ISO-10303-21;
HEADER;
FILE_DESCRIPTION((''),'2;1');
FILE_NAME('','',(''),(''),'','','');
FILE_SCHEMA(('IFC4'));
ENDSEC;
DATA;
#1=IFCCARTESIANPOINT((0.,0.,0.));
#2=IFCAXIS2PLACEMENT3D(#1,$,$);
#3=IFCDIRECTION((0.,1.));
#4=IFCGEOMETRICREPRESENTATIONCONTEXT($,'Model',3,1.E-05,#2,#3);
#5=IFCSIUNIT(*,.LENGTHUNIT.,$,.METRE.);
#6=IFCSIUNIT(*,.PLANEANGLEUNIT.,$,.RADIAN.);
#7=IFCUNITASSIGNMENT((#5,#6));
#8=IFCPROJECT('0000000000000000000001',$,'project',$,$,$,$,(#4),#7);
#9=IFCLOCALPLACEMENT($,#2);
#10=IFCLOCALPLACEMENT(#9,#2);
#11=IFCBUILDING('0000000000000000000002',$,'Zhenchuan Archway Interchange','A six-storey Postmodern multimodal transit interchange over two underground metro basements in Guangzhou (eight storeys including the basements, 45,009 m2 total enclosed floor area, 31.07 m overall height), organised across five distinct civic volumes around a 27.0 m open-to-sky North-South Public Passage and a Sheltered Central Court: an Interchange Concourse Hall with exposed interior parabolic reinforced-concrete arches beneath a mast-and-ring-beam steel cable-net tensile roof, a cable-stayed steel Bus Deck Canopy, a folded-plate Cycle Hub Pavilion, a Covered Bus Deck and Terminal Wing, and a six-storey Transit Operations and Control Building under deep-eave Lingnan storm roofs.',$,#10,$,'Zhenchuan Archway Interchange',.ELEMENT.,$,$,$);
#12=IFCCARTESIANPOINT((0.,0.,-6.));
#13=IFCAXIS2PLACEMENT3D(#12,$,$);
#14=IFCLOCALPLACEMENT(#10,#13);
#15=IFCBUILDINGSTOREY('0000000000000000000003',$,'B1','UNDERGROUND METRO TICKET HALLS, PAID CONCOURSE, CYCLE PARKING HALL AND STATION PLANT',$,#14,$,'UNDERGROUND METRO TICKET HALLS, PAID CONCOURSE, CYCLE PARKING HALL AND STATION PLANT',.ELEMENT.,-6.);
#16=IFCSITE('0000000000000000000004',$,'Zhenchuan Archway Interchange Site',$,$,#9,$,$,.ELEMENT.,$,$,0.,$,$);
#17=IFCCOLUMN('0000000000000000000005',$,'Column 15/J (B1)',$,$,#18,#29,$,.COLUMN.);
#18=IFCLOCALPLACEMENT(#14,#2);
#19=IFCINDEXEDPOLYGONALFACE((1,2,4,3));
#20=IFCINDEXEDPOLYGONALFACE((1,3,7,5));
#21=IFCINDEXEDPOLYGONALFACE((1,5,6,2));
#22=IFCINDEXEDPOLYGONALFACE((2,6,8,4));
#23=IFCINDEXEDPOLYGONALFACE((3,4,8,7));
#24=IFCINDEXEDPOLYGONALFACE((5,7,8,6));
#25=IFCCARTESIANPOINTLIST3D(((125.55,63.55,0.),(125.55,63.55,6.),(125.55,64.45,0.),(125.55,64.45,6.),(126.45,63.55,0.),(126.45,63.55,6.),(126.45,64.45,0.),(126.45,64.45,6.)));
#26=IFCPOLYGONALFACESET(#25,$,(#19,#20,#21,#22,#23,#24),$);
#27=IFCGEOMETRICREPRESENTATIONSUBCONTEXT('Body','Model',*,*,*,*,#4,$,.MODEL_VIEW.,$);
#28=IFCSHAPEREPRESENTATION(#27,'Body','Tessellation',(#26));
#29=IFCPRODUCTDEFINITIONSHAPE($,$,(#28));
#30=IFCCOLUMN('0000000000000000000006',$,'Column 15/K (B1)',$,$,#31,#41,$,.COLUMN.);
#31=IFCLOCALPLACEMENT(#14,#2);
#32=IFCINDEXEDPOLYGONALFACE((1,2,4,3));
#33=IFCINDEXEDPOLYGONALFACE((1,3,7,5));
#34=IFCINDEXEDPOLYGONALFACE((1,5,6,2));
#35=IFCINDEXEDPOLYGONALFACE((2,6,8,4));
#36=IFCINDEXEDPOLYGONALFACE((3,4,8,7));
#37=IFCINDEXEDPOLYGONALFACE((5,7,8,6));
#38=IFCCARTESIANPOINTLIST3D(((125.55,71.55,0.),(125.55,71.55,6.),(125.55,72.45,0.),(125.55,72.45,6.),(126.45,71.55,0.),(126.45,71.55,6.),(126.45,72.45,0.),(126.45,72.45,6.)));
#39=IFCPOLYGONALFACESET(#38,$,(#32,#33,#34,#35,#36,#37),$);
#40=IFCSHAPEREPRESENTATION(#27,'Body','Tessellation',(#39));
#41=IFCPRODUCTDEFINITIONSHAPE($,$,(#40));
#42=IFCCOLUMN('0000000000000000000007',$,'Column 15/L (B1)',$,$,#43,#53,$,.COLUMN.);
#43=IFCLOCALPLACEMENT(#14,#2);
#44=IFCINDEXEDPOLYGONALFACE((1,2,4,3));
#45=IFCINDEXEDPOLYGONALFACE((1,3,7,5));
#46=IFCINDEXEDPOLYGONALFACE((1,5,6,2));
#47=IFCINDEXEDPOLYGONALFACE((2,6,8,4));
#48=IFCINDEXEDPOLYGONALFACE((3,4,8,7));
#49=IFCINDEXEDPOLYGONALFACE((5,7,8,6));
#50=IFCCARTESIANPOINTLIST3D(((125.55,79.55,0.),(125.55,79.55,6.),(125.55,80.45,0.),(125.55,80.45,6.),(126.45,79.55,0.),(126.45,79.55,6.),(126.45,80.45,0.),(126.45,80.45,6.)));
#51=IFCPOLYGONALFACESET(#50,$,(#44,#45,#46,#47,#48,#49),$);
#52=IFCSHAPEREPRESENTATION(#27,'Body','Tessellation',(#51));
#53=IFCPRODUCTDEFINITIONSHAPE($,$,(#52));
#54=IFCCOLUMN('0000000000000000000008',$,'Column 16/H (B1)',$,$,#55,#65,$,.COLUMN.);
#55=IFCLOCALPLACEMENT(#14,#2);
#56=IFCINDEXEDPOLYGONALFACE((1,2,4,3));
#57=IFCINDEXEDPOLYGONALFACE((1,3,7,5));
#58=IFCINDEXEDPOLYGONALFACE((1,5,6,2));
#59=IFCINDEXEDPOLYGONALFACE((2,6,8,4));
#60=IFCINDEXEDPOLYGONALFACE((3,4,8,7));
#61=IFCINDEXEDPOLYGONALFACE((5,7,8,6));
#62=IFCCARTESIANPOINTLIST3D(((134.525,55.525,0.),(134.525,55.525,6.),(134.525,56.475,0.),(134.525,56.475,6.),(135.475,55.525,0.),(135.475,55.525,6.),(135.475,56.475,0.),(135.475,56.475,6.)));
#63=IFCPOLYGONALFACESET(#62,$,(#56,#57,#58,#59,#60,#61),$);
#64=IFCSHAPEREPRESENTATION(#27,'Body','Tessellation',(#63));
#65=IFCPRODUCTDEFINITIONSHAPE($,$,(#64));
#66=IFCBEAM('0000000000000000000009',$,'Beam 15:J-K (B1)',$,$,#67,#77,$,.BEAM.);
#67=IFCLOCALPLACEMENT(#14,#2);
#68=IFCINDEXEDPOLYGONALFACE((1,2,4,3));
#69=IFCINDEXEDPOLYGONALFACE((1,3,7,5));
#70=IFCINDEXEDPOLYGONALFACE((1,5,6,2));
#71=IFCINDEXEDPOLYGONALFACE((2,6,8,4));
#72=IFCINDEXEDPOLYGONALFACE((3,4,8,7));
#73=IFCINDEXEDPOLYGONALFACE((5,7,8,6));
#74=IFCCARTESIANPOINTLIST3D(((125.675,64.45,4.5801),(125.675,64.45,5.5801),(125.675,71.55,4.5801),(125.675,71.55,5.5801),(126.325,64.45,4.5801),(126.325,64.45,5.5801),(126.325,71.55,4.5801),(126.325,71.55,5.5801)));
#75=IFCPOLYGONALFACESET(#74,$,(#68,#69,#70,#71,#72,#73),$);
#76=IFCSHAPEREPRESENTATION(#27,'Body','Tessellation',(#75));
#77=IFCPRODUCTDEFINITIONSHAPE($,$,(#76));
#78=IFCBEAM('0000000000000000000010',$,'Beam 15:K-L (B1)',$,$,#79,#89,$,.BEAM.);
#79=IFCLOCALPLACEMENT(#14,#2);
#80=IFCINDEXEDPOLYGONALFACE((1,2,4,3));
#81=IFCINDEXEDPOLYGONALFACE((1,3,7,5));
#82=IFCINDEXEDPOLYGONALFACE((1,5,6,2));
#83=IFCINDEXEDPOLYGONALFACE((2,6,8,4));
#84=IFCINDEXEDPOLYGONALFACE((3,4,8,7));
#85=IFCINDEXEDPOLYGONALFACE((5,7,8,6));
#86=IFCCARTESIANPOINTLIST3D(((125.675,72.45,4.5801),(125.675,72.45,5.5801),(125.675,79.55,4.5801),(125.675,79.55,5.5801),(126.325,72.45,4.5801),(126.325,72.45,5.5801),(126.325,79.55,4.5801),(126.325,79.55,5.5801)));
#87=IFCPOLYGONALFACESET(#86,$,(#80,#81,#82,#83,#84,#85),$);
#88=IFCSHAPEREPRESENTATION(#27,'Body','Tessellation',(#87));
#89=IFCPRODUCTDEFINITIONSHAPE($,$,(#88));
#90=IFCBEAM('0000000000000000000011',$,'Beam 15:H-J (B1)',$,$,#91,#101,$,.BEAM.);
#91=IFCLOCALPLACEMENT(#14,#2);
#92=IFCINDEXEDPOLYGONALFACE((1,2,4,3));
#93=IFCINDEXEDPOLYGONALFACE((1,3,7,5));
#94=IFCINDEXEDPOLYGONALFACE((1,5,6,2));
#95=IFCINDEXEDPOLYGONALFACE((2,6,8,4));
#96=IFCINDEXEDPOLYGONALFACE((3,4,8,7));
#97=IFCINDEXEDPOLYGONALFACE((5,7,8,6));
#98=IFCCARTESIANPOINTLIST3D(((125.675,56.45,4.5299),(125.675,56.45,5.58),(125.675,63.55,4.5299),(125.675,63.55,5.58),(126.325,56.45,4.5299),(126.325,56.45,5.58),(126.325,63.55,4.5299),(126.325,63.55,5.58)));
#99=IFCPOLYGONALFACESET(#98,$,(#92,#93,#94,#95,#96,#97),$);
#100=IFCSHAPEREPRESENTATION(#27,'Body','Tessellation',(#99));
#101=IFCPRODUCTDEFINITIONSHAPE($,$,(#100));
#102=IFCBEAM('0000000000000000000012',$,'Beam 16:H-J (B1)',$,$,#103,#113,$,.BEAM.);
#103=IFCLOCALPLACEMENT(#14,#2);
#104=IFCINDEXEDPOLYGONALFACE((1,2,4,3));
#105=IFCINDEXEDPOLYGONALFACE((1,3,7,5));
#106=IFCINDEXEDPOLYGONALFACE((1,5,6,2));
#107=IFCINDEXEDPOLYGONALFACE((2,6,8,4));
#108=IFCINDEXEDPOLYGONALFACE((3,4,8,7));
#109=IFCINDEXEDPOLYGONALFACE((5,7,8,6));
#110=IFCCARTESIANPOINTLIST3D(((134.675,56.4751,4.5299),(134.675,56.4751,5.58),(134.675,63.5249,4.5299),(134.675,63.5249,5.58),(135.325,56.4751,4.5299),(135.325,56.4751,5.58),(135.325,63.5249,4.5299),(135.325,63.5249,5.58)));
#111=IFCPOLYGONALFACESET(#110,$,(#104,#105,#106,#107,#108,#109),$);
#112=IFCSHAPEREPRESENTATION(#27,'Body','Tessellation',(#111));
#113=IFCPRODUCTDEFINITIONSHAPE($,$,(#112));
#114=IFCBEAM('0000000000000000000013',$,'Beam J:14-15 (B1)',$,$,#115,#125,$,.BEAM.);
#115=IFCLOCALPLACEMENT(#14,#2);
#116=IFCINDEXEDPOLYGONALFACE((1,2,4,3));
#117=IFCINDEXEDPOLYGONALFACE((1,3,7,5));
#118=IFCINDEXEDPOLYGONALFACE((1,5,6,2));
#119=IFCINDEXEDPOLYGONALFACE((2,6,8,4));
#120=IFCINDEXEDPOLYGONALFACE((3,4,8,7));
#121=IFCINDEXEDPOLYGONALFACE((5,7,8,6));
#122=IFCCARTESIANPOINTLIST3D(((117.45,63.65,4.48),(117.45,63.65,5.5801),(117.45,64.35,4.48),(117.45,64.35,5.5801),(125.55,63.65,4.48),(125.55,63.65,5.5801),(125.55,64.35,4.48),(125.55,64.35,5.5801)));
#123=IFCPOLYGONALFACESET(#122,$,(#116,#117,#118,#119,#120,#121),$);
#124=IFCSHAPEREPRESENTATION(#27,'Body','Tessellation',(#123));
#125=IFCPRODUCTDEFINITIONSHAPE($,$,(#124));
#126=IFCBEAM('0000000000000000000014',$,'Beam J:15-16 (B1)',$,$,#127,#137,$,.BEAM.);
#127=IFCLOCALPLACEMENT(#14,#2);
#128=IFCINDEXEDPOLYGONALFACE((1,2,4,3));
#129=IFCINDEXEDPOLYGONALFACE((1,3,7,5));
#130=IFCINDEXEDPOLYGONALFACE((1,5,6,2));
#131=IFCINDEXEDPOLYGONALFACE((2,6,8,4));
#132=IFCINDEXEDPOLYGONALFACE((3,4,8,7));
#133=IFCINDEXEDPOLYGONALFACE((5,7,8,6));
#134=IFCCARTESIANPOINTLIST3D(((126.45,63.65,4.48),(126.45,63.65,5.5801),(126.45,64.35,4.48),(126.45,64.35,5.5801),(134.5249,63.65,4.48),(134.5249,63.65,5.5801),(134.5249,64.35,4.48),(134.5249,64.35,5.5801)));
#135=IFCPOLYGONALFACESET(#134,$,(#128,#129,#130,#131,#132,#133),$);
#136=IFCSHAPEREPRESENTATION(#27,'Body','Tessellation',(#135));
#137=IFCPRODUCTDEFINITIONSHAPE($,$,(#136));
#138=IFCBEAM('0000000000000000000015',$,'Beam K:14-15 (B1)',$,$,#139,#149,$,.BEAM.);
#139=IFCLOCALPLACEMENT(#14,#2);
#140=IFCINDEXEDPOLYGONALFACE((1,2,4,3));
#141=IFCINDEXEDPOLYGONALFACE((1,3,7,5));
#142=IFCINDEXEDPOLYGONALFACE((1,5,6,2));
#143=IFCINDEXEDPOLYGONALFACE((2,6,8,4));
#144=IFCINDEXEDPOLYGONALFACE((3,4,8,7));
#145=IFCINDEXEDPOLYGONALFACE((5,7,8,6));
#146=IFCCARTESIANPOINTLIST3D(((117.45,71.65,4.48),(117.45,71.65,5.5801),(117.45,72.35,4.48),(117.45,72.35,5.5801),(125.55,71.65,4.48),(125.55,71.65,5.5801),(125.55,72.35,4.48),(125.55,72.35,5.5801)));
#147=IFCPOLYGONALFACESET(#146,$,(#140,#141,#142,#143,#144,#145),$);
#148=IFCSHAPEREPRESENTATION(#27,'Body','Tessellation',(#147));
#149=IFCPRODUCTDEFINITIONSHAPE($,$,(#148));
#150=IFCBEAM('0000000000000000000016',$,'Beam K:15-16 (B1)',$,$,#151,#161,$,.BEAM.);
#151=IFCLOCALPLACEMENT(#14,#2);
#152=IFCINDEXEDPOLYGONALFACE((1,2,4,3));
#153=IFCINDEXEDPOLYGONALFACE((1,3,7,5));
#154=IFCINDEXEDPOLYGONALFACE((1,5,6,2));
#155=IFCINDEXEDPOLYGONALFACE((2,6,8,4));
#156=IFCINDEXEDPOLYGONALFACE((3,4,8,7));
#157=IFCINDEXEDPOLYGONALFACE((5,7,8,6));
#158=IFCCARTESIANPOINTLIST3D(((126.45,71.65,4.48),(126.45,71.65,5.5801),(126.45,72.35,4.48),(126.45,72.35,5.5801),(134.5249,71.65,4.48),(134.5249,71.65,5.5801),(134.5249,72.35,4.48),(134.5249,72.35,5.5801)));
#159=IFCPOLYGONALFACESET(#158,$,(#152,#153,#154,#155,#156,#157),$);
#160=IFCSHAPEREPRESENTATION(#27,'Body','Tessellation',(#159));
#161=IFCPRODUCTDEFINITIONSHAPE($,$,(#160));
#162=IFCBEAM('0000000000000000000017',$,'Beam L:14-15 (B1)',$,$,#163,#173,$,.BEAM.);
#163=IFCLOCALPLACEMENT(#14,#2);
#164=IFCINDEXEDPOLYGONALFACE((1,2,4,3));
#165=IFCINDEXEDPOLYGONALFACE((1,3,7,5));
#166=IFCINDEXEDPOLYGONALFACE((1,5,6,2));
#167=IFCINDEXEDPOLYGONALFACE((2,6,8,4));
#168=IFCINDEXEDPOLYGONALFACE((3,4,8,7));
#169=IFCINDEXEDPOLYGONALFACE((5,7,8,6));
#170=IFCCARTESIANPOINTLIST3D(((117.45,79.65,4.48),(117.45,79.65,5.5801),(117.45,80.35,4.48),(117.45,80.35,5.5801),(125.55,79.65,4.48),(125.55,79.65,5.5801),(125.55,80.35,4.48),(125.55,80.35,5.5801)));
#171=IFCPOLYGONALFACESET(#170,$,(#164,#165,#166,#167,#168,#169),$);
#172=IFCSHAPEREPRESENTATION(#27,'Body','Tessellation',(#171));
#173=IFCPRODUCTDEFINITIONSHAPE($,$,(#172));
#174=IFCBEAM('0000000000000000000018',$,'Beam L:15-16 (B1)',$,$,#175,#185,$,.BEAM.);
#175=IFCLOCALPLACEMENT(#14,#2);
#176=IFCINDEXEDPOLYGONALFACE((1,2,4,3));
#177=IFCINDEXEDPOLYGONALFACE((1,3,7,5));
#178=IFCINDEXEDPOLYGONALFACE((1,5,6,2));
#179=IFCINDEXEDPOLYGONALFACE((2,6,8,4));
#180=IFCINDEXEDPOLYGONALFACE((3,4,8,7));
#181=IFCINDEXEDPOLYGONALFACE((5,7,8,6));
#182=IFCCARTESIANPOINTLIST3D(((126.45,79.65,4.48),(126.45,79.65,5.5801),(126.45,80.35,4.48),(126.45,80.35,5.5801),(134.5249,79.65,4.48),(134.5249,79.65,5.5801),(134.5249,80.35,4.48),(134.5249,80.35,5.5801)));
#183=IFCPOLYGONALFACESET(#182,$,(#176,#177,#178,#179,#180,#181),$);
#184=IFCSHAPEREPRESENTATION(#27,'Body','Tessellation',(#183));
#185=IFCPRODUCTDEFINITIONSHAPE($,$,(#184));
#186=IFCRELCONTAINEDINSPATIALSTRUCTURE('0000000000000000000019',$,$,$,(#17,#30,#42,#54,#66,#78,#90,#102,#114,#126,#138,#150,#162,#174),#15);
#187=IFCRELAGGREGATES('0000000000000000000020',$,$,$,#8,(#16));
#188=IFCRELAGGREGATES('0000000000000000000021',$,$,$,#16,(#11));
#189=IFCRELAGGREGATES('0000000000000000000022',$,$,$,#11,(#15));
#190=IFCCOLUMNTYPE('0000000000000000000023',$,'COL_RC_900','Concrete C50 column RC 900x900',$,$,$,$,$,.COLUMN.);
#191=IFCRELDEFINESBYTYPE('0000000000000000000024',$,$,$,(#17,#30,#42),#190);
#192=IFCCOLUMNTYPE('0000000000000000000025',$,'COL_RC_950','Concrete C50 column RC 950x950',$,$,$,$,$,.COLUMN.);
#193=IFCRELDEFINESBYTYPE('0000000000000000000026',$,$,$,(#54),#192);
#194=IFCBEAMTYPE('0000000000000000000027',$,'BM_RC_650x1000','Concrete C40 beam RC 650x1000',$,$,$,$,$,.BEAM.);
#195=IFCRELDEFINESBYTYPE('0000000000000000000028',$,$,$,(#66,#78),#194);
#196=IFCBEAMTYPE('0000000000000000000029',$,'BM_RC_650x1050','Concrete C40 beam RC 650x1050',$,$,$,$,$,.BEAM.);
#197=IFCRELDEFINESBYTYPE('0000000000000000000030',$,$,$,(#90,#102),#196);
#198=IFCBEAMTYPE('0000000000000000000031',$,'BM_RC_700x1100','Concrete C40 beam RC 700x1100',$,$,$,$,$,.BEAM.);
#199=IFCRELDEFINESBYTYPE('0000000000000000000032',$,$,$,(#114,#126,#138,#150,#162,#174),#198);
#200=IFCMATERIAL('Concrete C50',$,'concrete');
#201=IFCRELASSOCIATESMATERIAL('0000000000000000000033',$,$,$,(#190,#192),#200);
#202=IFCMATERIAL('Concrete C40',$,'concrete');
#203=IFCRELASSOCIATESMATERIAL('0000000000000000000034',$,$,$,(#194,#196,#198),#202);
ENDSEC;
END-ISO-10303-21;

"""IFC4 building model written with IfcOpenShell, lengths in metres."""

from ifc_helpers import new_model, si_unit, direction, frame, origin, origin_2d, place, context, subcontext, project, spatial, rectangle, extrude, material, material_profile, profile_set, type_object, element, save


model = new_model("IFC4")

# Units and contexts
model_context = context("Model", 3, precision=1e-05, world=origin(), true_north=direction((0.0, 1.0)))
body_context = subcontext(model_context, "Body", "Model", "MODEL_VIEW")
ifc_project = project(units=[si_unit("LENGTHUNIT", "METRE"), si_unit("PLANEANGLEUNIT", "RADIAN")], contexts=[model_context])

# Site, building, storey
site_placement = place(None, origin())
site = spatial("IfcSite", under=ifc_project, at=site_placement, Name="Zhenchuan Archway Interchange Site", CompositionType="ELEMENT", RefElevation=0.0)
building_placement = place(site_placement, origin())
building = spatial("IfcBuilding", under=site, at=building_placement, Name="Zhenchuan Archway Interchange", Description="A six-storey Postmodern multimodal transit interchange over two underground metro basements in Guangzhou (eight storeys including the basements, 45,009 m2 total enclosed floor area, 31.07 m overall height), organised across five distinct civic volumes around a 27.0 m open-to-sky North-South Public Passage and a Sheltered Central Court: an Interchange Concourse Hall with exposed interior parabolic reinforced-concrete arches beneath a mast-and-ring-beam steel cable-net tensile roof, a cable-stayed steel Bus Deck Canopy, a folded-plate Cycle Hub Pavilion, a Covered Bus Deck and Terminal Wing, and a six-storey Transit Operations and Control Building under deep-eave Lingnan storm roofs.", LongName="Zhenchuan Archway Interchange", CompositionType="ELEMENT")
storey_placement = place(building_placement, frame((0.0, 0.0, -6.0)))
storey = spatial("IfcBuildingStorey", under=building, at=storey_placement, Name="B1", Description="UNDERGROUND METRO TICKET HALLS, PAID CONCOURSE, CYCLE PARKING HALL AND STATION PLANT", LongName="UNDERGROUND METRO TICKET HALLS, PAID CONCOURSE, CYCLE PARKING HALL AND STATION PLANT", CompositionType="ELEMENT", Elevation=-6.0)

# Columns
ifc_material_1 = material(Name="Concrete C50", Category="concrete")
ifc_material_profile_1 = material_profile(ifc_material_1, rectangle(XDim=0.8999, YDim=0.8999, at=origin_2d()), Name="RC 900x900")
ifc_profile_set_1 = profile_set([ifc_material_profile_1], Name="Concrete C50")
column_type_1 = type_object("IfcColumnType", Name="COL_RC_900", Description="Concrete C50 column RC 900x900", PredefinedType="COLUMN", material=ifc_profile_set_1)
for number, where, z_axis, x_axis, name in (
    (1, (126.0, 64.0, 0.0), (0.0, 0.0, 1.0), (1.0, 0.0, 0.0), "Column 15/J (B1)"),
    (2, (126.0, 72.0, 0.0), (0.0, 0.0, 1.0), (1.0, 0.0, 0.0), "Column 15/K (B1)"),
    (3, (126.0, 80.0, 0.0), (0.0, 0.0, 1.0), (1.0, 0.0, 0.0), "Column 15/L (B1)"),
):
    element("IfcColumn", number, at=place(storey_placement, frame(where, z_axis=z_axis, x_axis=x_axis)), inside=storey, type_object=column_type_1, Name=name, PredefinedType="COLUMN", context=body_context, shape_type="SweptSolid", body=[
        extrude(rectangle(XDim=0.8999, YDim=0.8999, at=origin_2d()), origin(), (0.0, 0.0, 1.0), 6.0),
    ])
ifc_material_profile_2 = material_profile(ifc_material_1, rectangle(XDim=0.95, YDim=0.95, at=origin_2d()), Name="RC 950x950")
ifc_profile_set_2 = profile_set([ifc_material_profile_2], Name="Concrete C50")
column_type_2 = type_object("IfcColumnType", Name="COL_RC_950", Description="Concrete C50 column RC 950x950", PredefinedType="COLUMN", material=ifc_profile_set_2)
column_placement = place(storey_placement, frame((135.0, 56.0, 0.0), z_axis=(0.0, 0.0, 1.0), x_axis=(1.0, 0.0, 0.0)))
element("IfcColumn", 4, at=column_placement, inside=storey, type_object=column_type_2, Name="Column 16/H (B1)", PredefinedType="COLUMN", context=body_context, shape_type="SweptSolid", body=[
    extrude(rectangle(XDim=0.95, YDim=0.95, at=origin_2d()), origin(), (0.0, 0.0, 1.0), 6.0),
])

# Beams
ifc_material_2 = material(Name="Concrete C40", Category="concrete")
ifc_material_profile_3 = material_profile(ifc_material_2, rectangle(XDim=0.6499, YDim=1.0, at=origin_2d()), Name="RC 650x1000")
ifc_profile_set_3 = profile_set([ifc_material_profile_3], Name="Concrete C40")
beam_type_1 = type_object("IfcBeamType", Name="BM_RC_650x1000", Description="Concrete C40 beam RC 650x1000", PredefinedType="BEAM", material=ifc_profile_set_3)
for number, where, z_axis, x_axis, name in (
    (5, (126.0, 64.45, 5.0801), (0.0, 1.0, 0.0), (-1.0, 0.0, 0.0), "Beam 15:J-K (B1)"),
    (6, (126.0, 72.45, 5.0801), (0.0, 1.0, 0.0), (-1.0, 0.0, 0.0), "Beam 15:K-L (B1)"),
):
    element("IfcBeam", number, at=place(storey_placement, frame(where, z_axis=z_axis, x_axis=x_axis)), inside=storey, type_object=beam_type_1, Name=name, PredefinedType="BEAM", context=body_context, shape_type="SweptSolid", body=[
        extrude(rectangle(XDim=0.6499, YDim=1.0, at=origin_2d()), origin(), (0.0, 0.0, 1.0), 7.1001),
    ])
ifc_material_profile_4 = material_profile(ifc_material_2, rectangle(XDim=0.6499, YDim=1.05, at=origin_2d()), Name="RC 650x1050")
ifc_profile_set_4 = profile_set([ifc_material_profile_4], Name="Concrete C40")
beam_type_2 = type_object("IfcBeamType", Name="BM_RC_650x1050", Description="Concrete C40 beam RC 650x1050", PredefinedType="BEAM", material=ifc_profile_set_4)
beam_1_placement = place(storey_placement, frame((126.0, 56.45, 5.0549), z_axis=(0.0, 1.0, 0.0), x_axis=(-1.0, 0.0, 0.0)))
element("IfcBeam", 7, at=beam_1_placement, inside=storey, type_object=beam_type_2, Name="Beam 15:H-J (B1)", PredefinedType="BEAM", context=body_context, shape_type="SweptSolid", body=[
    extrude(rectangle(XDim=0.6499, YDim=1.05, at=origin_2d()), origin(), (0.0, 0.0, 1.0), 7.1001),
])
beam_2_placement = place(storey_placement, frame((135.0, 56.4751, 5.0549), z_axis=(0.0, 1.0, 0.0), x_axis=(-1.0, 0.0, 0.0)))
element("IfcBeam", 8, at=beam_2_placement, inside=storey, type_object=beam_type_2, Name="Beam 16:H-J (B1)", PredefinedType="BEAM", context=body_context, shape_type="SweptSolid", body=[
    extrude(rectangle(XDim=0.6499, YDim=1.05, at=origin_2d()), origin(), (0.0, 0.0, 1.0), 7.0498),
])
ifc_material_profile_5 = material_profile(ifc_material_2, rectangle(XDim=0.7, YDim=1.1001, at=origin_2d()), Name="RC 700x1100")
ifc_profile_set_5 = profile_set([ifc_material_profile_5], Name="Concrete C40")
beam_type_3 = type_object("IfcBeamType", Name="BM_RC_700x1100", Description="Concrete C40 beam RC 700x1100", PredefinedType="BEAM", material=ifc_profile_set_5)
beam_3_placement = place(storey_placement, frame((117.45, 64.0, 5.03), z_axis=(1.0, 0.0, 0.0), x_axis=(0.0, 1.0, 0.0)))
element("IfcBeam", 9, at=beam_3_placement, inside=storey, type_object=beam_type_3, Name="Beam J:14-15 (B1)", PredefinedType="BEAM", context=body_context, shape_type="SweptSolid", body=[
    extrude(rectangle(XDim=0.7, YDim=1.1001, at=origin_2d()), origin(), (0.0, 0.0, 1.0), 8.1001),
])
beam_4_placement = place(storey_placement, frame((126.45, 64.0, 5.03), z_axis=(1.0, 0.0, 0.0), x_axis=(0.0, 1.0, 0.0)))
element("IfcBeam", 10, at=beam_4_placement, inside=storey, type_object=beam_type_3, Name="Beam J:15-16 (B1)", PredefinedType="BEAM", context=body_context, shape_type="SweptSolid", body=[
    extrude(rectangle(XDim=0.7, YDim=1.1001, at=origin_2d()), origin(), (0.0, 0.0, 1.0), 8.075),
])
beam_5_placement = place(storey_placement, frame((117.45, 72.0, 5.03), z_axis=(1.0, 0.0, 0.0), x_axis=(0.0, 1.0, 0.0)))
element("IfcBeam", 11, at=beam_5_placement, inside=storey, type_object=beam_type_3, Name="Beam K:14-15 (B1)", PredefinedType="BEAM", context=body_context, shape_type="SweptSolid", body=[
    extrude(rectangle(XDim=0.7, YDim=1.1001, at=origin_2d()), origin(), (0.0, 0.0, 1.0), 8.1001),
])
beam_6_placement = place(storey_placement, frame((126.45, 72.0, 5.03), z_axis=(1.0, 0.0, 0.0), x_axis=(0.0, 1.0, 0.0)))
element("IfcBeam", 12, at=beam_6_placement, inside=storey, type_object=beam_type_3, Name="Beam K:15-16 (B1)", PredefinedType="BEAM", context=body_context, shape_type="SweptSolid", body=[
    extrude(rectangle(XDim=0.7, YDim=1.1001, at=origin_2d()), origin(), (0.0, 0.0, 1.0), 8.075),
])
beam_7_placement = place(storey_placement, frame((117.45, 80.0, 5.03), z_axis=(1.0, 0.0, 0.0), x_axis=(0.0, 1.0, 0.0)))
element("IfcBeam", 13, at=beam_7_placement, inside=storey, type_object=beam_type_3, Name="Beam L:14-15 (B1)", PredefinedType="BEAM", context=body_context, shape_type="SweptSolid", body=[
    extrude(rectangle(XDim=0.7, YDim=1.1001, at=origin_2d()), origin(), (0.0, 0.0, 1.0), 8.1001),
])
beam_8_placement = place(storey_placement, frame((126.45, 80.0, 5.03), z_axis=(1.0, 0.0, 0.0), x_axis=(0.0, 1.0, 0.0)))
element("IfcBeam", 14, at=beam_8_placement, inside=storey, type_object=beam_type_3, Name="Beam L:15-16 (B1)", PredefinedType="BEAM", context=body_context, shape_type="SweptSolid", body=[
    extrude(rectangle(XDim=0.7, YDim=1.1001, at=origin_2d()), origin(), (0.0, 0.0, 1.0), 8.075),
])

save(model, "model.ifc")
